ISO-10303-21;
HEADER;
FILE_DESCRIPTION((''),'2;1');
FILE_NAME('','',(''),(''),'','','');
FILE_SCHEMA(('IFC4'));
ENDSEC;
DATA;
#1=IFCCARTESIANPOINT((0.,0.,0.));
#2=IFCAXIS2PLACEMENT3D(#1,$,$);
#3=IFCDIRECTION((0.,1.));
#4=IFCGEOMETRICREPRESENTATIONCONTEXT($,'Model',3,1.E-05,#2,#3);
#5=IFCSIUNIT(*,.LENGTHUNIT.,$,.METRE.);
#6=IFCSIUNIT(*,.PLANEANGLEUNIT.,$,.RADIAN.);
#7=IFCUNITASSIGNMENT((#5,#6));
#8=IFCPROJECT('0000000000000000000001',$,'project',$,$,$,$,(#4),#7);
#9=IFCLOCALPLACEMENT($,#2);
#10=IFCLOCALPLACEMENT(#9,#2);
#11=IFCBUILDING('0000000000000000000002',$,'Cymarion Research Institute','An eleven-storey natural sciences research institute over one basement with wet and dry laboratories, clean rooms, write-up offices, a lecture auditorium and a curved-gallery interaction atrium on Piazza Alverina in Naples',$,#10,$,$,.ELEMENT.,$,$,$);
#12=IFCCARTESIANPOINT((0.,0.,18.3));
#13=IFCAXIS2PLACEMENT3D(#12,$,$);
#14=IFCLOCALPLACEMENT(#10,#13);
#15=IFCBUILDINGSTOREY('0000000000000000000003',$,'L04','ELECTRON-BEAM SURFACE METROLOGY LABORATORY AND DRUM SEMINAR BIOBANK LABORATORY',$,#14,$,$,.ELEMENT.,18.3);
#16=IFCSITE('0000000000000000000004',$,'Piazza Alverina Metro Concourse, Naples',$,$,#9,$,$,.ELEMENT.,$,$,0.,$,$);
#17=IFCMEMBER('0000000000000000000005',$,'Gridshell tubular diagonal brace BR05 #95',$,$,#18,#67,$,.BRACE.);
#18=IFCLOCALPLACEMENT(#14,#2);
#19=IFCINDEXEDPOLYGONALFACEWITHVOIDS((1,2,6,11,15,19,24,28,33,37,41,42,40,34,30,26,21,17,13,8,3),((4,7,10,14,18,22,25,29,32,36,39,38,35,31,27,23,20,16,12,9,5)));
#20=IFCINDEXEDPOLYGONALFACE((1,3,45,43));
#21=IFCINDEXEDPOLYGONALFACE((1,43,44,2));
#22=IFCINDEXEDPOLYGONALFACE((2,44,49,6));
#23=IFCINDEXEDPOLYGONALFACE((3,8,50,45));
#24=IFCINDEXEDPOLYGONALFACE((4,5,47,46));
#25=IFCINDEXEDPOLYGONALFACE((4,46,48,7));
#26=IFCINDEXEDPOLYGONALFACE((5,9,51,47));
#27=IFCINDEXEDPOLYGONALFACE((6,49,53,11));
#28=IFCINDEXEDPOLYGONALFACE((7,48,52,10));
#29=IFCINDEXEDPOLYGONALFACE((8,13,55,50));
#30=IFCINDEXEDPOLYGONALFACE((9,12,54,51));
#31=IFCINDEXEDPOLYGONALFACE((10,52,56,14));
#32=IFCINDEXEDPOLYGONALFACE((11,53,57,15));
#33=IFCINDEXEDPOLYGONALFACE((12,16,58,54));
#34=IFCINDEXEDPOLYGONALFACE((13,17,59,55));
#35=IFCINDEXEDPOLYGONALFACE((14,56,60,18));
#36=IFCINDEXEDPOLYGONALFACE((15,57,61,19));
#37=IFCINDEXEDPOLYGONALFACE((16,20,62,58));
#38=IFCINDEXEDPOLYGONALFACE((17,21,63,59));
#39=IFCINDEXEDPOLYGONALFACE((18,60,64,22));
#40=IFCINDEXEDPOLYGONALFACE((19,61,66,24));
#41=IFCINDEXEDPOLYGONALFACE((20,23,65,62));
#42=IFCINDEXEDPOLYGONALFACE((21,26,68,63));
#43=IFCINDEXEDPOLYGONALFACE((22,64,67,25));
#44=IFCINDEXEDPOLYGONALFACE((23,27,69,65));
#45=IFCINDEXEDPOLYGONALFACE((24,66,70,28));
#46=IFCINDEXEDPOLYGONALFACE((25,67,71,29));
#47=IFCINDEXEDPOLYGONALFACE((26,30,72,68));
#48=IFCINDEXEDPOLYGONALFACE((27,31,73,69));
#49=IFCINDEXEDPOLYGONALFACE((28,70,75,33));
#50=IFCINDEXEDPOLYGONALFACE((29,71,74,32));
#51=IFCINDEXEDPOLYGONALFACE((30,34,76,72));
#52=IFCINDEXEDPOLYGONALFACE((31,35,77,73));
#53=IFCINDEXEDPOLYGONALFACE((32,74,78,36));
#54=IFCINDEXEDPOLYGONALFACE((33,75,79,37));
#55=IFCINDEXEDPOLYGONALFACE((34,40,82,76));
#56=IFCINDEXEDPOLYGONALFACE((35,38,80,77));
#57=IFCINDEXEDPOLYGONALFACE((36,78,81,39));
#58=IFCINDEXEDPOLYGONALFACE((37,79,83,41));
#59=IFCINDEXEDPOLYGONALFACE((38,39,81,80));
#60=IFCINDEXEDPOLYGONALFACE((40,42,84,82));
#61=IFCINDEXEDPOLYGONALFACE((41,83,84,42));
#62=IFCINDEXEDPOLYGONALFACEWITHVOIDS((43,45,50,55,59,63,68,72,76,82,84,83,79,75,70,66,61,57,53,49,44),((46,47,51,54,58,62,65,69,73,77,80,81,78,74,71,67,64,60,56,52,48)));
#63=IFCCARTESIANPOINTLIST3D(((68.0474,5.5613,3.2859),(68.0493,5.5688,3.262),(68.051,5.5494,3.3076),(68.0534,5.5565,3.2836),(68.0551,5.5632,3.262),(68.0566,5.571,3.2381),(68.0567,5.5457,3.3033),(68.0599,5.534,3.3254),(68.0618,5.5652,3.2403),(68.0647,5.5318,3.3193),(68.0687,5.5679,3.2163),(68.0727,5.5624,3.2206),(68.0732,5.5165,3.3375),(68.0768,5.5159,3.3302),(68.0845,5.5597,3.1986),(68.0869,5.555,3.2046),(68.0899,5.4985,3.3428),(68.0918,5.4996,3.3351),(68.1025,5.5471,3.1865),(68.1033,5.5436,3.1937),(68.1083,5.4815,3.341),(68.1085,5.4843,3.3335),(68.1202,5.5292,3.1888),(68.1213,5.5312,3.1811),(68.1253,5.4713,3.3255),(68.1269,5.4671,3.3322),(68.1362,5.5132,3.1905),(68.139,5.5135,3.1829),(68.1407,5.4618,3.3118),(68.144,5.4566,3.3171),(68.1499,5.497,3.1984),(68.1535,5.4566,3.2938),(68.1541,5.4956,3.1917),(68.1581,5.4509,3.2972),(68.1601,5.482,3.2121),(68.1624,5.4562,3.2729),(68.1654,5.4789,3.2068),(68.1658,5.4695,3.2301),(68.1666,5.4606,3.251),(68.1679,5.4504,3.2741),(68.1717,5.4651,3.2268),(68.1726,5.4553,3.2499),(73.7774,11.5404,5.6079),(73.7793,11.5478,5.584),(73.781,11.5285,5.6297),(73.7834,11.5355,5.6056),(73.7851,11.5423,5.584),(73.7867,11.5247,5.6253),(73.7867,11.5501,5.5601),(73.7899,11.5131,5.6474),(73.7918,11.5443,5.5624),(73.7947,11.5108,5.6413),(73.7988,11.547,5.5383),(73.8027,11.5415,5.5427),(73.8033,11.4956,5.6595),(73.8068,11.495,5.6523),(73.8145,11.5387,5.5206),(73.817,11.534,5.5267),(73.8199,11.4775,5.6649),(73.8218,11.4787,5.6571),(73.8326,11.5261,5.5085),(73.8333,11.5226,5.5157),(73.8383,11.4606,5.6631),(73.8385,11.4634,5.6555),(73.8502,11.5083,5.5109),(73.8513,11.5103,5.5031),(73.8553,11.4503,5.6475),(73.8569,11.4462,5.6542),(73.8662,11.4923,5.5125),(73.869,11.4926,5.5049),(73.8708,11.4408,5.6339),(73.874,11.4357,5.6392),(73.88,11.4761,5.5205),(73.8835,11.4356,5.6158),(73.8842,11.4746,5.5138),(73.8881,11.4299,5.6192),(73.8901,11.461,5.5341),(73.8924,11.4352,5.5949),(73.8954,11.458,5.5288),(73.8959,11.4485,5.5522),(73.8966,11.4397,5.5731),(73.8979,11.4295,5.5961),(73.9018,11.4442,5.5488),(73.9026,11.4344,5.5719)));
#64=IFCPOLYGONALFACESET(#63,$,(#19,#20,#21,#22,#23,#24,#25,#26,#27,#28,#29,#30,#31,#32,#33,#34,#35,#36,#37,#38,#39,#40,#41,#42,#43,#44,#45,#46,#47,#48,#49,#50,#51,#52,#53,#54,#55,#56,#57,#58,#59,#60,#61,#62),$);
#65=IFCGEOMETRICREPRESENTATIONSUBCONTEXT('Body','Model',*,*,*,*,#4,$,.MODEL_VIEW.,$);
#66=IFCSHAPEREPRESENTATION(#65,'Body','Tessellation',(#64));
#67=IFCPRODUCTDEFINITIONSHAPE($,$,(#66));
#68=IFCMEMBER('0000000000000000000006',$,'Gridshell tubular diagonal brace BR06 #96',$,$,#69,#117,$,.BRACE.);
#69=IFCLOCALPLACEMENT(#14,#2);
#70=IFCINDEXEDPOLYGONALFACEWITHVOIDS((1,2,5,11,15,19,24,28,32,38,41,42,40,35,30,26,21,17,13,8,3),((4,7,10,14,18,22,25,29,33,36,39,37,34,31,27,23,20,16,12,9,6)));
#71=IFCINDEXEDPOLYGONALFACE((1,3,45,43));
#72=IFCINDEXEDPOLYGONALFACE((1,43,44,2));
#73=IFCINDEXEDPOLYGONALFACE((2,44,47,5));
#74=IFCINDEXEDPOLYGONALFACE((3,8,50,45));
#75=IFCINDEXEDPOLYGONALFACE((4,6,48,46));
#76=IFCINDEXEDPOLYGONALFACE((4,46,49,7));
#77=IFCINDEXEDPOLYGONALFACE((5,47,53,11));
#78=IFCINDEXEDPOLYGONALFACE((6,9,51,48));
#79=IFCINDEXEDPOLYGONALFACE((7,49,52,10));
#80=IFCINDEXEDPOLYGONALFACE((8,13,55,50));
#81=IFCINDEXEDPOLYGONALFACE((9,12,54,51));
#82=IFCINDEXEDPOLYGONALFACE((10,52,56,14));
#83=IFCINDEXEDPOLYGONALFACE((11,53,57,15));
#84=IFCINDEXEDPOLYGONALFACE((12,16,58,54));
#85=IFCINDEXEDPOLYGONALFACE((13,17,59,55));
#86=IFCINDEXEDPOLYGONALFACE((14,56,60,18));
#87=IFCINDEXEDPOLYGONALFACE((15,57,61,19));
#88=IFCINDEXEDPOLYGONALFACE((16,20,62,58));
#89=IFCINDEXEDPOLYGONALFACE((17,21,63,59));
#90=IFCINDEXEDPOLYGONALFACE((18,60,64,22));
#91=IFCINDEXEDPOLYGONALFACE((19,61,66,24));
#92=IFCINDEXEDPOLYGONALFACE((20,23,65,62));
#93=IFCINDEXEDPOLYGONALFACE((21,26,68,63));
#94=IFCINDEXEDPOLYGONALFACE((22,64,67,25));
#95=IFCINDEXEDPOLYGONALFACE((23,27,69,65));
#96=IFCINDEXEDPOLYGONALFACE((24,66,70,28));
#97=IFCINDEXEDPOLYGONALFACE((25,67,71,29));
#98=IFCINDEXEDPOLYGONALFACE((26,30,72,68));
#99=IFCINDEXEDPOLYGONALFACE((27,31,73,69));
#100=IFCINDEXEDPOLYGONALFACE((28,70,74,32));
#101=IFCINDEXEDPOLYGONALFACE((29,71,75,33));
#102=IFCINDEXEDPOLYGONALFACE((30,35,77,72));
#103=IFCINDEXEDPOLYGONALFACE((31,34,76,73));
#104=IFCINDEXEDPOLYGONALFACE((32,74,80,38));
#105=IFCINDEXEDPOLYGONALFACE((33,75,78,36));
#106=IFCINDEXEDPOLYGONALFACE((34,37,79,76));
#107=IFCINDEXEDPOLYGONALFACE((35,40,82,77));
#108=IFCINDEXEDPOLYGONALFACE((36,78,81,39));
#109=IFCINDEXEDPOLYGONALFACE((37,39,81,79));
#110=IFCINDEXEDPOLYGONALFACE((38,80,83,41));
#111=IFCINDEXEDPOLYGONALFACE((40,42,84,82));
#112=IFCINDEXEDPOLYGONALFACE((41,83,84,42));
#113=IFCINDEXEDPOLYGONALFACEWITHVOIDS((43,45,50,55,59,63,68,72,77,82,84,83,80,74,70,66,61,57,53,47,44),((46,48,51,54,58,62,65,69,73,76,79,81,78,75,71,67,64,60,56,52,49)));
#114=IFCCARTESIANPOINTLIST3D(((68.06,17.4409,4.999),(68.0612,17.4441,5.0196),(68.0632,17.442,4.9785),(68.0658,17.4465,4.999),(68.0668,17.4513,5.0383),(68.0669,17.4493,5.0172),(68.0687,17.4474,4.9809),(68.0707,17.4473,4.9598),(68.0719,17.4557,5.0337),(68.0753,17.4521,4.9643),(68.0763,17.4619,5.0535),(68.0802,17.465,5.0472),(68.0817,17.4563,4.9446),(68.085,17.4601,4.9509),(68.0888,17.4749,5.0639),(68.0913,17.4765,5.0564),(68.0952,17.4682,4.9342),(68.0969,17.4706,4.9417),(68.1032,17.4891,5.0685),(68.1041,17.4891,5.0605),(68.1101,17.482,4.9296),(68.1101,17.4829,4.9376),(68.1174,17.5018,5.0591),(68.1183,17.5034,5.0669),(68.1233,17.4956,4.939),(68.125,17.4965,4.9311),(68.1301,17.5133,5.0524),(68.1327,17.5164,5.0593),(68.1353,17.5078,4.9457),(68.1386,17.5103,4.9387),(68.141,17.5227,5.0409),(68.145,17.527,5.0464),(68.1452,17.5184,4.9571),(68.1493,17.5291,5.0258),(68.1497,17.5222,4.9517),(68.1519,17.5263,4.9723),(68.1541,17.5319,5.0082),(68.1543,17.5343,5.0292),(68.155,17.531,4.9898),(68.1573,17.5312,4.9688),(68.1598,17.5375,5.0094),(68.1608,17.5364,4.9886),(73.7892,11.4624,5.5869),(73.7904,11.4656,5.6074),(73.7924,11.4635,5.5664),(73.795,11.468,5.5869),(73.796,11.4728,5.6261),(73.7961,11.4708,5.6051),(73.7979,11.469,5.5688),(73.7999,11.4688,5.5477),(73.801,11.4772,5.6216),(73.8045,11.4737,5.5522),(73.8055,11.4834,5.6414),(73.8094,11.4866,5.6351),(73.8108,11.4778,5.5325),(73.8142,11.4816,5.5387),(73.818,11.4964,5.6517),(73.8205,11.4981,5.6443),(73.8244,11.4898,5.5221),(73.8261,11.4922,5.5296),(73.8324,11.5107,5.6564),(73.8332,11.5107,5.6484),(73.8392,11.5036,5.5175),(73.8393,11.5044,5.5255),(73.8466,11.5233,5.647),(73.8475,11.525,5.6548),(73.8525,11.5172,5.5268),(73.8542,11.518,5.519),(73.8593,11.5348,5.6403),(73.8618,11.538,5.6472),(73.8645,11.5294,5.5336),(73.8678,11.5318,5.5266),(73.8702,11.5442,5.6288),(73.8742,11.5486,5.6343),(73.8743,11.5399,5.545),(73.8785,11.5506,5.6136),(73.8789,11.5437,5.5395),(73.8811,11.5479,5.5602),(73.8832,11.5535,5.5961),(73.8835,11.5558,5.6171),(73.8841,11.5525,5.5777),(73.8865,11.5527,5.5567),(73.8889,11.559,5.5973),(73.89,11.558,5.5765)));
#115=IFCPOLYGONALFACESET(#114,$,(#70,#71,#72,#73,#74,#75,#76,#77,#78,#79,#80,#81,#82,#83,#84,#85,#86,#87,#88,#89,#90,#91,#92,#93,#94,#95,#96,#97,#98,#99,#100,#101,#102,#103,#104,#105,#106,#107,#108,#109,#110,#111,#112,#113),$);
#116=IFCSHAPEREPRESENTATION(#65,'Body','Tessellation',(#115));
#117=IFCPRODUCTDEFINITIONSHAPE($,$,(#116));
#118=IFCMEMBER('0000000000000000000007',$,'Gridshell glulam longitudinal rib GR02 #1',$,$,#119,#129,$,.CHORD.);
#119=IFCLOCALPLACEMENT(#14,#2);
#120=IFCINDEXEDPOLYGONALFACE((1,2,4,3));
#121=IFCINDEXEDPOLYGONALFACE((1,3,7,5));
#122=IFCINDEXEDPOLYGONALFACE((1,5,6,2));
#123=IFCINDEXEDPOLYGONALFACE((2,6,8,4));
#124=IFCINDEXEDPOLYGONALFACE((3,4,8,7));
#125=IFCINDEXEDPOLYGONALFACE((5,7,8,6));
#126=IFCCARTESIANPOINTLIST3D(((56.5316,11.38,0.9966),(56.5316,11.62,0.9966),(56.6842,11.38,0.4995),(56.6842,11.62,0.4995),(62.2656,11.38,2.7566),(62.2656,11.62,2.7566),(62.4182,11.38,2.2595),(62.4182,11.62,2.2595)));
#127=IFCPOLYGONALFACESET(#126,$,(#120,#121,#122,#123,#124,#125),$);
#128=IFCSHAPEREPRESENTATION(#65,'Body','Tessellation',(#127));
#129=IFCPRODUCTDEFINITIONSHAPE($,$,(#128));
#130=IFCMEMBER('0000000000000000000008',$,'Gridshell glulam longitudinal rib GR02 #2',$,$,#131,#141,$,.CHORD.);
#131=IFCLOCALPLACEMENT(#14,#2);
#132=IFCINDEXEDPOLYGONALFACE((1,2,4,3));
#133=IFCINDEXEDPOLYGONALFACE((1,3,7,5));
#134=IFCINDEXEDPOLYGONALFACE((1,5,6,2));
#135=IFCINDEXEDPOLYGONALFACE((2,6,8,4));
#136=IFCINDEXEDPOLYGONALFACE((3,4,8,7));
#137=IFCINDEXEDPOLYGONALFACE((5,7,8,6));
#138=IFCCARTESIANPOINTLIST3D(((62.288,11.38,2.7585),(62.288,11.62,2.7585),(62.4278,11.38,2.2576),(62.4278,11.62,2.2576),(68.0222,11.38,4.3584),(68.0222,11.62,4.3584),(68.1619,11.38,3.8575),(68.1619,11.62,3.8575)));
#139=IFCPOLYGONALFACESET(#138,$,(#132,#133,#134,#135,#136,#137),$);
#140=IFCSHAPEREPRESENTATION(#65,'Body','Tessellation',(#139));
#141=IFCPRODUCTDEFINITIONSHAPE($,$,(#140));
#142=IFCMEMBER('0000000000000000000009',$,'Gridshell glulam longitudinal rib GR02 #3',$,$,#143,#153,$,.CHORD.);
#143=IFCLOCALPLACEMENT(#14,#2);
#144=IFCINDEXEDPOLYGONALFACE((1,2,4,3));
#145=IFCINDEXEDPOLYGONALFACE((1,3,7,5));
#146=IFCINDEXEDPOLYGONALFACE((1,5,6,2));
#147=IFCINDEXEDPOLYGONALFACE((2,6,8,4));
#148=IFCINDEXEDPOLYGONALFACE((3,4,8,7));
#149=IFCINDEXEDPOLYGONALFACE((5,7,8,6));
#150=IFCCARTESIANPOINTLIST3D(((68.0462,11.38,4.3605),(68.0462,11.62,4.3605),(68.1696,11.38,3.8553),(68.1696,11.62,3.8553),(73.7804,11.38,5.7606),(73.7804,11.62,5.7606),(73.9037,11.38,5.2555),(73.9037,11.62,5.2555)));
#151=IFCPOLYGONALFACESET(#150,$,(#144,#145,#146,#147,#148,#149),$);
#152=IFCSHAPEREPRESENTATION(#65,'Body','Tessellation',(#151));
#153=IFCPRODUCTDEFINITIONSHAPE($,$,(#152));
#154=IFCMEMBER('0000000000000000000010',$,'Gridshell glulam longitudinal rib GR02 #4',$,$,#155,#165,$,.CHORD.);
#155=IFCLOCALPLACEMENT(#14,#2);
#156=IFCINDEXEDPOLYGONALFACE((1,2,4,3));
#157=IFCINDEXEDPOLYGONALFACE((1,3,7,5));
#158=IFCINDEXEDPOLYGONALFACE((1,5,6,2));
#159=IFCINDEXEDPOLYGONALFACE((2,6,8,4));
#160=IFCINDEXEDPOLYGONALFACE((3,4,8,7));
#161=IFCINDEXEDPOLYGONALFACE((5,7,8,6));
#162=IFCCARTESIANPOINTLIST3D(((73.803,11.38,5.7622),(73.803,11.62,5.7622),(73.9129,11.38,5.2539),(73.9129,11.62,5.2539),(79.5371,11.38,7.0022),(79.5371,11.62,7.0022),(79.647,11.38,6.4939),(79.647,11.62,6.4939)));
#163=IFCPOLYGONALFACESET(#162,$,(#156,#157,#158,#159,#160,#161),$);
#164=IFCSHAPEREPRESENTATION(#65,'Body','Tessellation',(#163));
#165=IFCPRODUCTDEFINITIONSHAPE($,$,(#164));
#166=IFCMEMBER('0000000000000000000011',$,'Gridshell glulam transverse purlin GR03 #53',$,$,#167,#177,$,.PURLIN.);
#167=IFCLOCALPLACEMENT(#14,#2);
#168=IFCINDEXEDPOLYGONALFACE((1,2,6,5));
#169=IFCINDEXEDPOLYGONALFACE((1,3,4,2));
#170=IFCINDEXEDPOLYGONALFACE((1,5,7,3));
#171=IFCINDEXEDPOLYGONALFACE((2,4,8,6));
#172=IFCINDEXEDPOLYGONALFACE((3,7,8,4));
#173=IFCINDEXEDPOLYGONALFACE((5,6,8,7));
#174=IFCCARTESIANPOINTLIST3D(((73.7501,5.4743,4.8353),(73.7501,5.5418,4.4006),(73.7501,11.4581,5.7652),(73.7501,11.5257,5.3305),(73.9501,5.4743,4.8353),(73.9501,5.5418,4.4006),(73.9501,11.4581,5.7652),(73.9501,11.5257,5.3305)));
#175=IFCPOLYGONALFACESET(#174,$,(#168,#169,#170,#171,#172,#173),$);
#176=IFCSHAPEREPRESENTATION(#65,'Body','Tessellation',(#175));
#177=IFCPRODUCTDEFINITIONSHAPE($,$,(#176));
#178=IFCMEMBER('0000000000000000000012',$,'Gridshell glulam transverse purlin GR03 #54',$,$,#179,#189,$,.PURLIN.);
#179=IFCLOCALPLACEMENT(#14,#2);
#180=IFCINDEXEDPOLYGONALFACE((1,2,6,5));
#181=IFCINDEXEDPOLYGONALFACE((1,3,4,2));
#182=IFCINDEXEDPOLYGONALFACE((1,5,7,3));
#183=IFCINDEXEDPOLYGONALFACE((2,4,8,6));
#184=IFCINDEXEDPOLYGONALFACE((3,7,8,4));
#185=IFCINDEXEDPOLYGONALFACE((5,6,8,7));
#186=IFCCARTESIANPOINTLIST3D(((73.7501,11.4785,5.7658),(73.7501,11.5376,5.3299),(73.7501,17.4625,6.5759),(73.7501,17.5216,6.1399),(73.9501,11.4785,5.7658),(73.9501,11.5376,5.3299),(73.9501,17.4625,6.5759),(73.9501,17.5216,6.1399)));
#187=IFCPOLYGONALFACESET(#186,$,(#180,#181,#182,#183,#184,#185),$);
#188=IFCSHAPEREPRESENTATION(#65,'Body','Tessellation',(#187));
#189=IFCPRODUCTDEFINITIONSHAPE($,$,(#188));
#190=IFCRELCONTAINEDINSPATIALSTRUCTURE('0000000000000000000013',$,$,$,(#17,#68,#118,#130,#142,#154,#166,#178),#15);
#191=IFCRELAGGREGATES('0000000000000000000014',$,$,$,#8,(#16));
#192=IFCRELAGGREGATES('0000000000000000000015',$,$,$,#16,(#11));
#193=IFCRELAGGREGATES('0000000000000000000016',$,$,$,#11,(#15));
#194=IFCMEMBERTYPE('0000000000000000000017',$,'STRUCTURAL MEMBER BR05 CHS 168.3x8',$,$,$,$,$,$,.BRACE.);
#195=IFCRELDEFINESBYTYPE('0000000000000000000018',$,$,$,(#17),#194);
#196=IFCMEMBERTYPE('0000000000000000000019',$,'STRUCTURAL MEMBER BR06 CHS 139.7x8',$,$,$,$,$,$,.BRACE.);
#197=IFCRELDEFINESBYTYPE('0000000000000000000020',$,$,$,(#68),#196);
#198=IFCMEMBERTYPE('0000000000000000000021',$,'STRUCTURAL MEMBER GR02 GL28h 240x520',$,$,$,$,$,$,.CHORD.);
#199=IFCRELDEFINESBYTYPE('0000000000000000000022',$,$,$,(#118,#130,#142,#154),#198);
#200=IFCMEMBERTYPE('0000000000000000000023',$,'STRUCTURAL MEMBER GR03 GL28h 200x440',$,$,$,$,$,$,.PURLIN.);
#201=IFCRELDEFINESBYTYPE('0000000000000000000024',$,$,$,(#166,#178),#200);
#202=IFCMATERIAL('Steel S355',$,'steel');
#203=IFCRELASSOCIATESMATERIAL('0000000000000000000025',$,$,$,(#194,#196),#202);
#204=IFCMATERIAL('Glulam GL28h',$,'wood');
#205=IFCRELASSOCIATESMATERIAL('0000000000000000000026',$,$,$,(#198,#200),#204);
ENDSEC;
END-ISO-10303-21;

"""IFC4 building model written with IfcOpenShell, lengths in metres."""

from ifc_helpers import new_model, si_unit, direction, frame, origin, origin_2d, place, context, subcontext, project, spatial, rectangle, hollow_circle, extrude, material, material_profile, profile_set, type_object, element, save


model = new_model("IFC4")

# Units and contexts
model_context = context("Model", 3, precision=1e-05, world=origin(), true_north=direction((0.0, 1.0)))
body_context = subcontext(model_context, "Body", "Model", "MODEL_VIEW")
ifc_project = project(units=[si_unit("LENGTHUNIT", "METRE"), si_unit("PLANEANGLEUNIT", "RADIAN")], contexts=[model_context])

# Site, building, storey
site_placement = place(None, origin())
site = spatial("IfcSite", under=ifc_project, at=site_placement, Name="Piazza Alverina Metro Concourse, Naples", CompositionType="ELEMENT", RefElevation=0.0)
building_placement = place(site_placement, origin())
building = spatial("IfcBuilding", under=site, at=building_placement, Name="Cymarion Research Institute", Description="An eleven-storey natural sciences research institute over one basement with wet and dry laboratories, clean rooms, write-up offices, a lecture auditorium and a curved-gallery interaction atrium on Piazza Alverina in Naples", CompositionType="ELEMENT")
storey_placement = place(building_placement, frame((0.0, 0.0, 18.3)))
storey = spatial("IfcBuildingStorey", under=building, at=storey_placement, Name="L04", Description="ELECTRON-BEAM SURFACE METROLOGY LABORATORY AND DRUM SEMINAR BIOBANK LABORATORY", CompositionType="ELEMENT", Elevation=18.3)

# Shared definitions
ifc_material_1 = material(Name="Steel S355", Category="steel")

# Members
ifc_material_profile_1 = material_profile(ifc_material_1, hollow_circle(Radius=0.0842, WallThickness=0.0081, at=origin_2d()), Name="CHS 168.3x8")
ifc_profile_set_1 = profile_set([ifc_material_profile_1], Name="Steel S355")
member_type_1 = type_object("IfcMemberType", Name="STRUCTURAL MEMBER BR05 CHS 168.3x8", PredefinedType="BRACE", material=ifc_profile_set_1)
member_1_placement = place(storey_placement, frame((68.1101, 5.5105, 3.262), z_axis=(0.666218, 0.695172, 0.269979), x_axis=(-0.721982, 0.691912, 0.0)))
element("IfcMember", 1, at=member_1_placement, inside=storey, type_object=member_type_1, Name="Gridshell tubular diagonal brace BR05 #95", PredefinedType="BRACE", context=body_context, shape_type="SweptSolid", body=[
    extrude(hollow_circle(Radius=0.0842, WallThickness=0.0081, at=origin_2d()), origin(), (0.0, 0.0, 1.0), 8.6008),
])
ifc_material_profile_2 = material_profile(ifc_material_1, hollow_circle(Radius=0.0698, WallThickness=0.0081, at=origin_2d()), Name="CHS 139.7x8")
ifc_profile_set_2 = profile_set([ifc_material_profile_2], Name="Steel S355")
member_type_2 = type_object("IfcMemberType", Name="STRUCTURAL MEMBER BR06 CHS 139.7x8", PredefinedType="BRACE", material=ifc_profile_set_2)
member_2_placement = place(storey_placement, frame((73.8396, 11.5107, 5.5869), z_axis=(-0.690158, 0.720185, -0.070819), x_axis=(-0.721998, -0.691895, 0.0)))
element("IfcMember", 2, at=member_2_placement, inside=storey, type_object=member_type_2, Name="Gridshell tubular diagonal brace BR06 #96", PredefinedType="BRACE", context=body_context, shape_type="SweptSolid", body=[
    extrude(hollow_circle(Radius=0.0698, WallThickness=0.0081, at=origin_2d()), origin(), (0.0, 0.0, 1.0), 8.3013),
])
ifc_material_2 = material(Name="Glulam GL28h", Category="wood")
ifc_material_profile_3 = material_profile(ifc_material_2, rectangle(XDim=0.24, YDim=0.52, at=origin_2d()), Name="GL28h 240x520")
ifc_profile_set_3 = profile_set([ifc_material_profile_3], Name="Glulam GL28h")
member_type_3 = type_object("IfcMemberType", Name="STRUCTURAL MEMBER GR02 GL28h 240x520", PredefinedType="CHORD", material=ifc_profile_set_3)
member_3_placement = place(storey_placement, frame((56.6079, 11.5, 0.748), z_axis=(0.955982, 0.0, 0.293425), x_axis=(0.0, 1.0, 0.0)))
element("IfcMember", 3, at=member_3_placement, inside=storey, type_object=member_type_3, Name="Gridshell glulam longitudinal rib GR02 #1", PredefinedType="CHORD", context=body_context, shape_type="SweptSolid", body=[
    extrude(rectangle(XDim=0.24, YDim=0.52, at=origin_2d()), origin(), (0.0, 0.0, 1.0), 5.998),
])
member_4_placement = place(storey_placement, frame((62.3579, 11.5, 2.5081), z_axis=(0.963212, 0.0, 0.268741), x_axis=(0.0, 1.0, 0.0)))
element("IfcMember", 4, at=member_4_placement, inside=storey, type_object=member_type_3, Name="Gridshell glulam longitudinal rib GR02 #2", PredefinedType="CHORD", context=body_context, shape_type="SweptSolid", body=[
    extrude(rectangle(XDim=0.24, YDim=0.52, at=origin_2d()), origin(), (0.0, 0.0, 1.0), 5.9531),
])
member_5_placement = place(storey_placement, frame((68.1079, 11.5, 4.1079), z_axis=(0.971459, 0.0, 0.237208), x_axis=(0.0, 1.0, 0.0)))
element("IfcMember", 5, at=member_5_placement, inside=storey, type_object=member_type_3, Name="Gridshell glulam longitudinal rib GR02 #3", PredefinedType="CHORD", context=body_context, shape_type="SweptSolid", body=[
    extrude(rectangle(XDim=0.24, YDim=0.52, at=origin_2d()), origin(), (0.0, 0.0, 1.0), 5.9026),
])
member_6_placement = place(storey_placement, frame((73.8579, 11.5, 5.5081), z_axis=(0.977408, 0.0, 0.211362), x_axis=(0.0, 1.0, 0.0)))
element("IfcMember", 6, at=member_6_placement, inside=storey, type_object=member_type_3, Name="Gridshell glulam longitudinal rib GR02 #4", PredefinedType="CHORD", context=body_context, shape_type="SweptSolid", body=[
    extrude(rectangle(XDim=0.24, YDim=0.52, at=origin_2d()), origin(), (0.0, 0.0, 1.0), 5.8667),
])
ifc_material_profile_4 = material_profile(ifc_material_2, rectangle(XDim=0.2, YDim=0.4399, at=origin_2d()), Name="GL28h 200x440")
ifc_profile_set_4 = profile_set([ifc_material_profile_4], Name="Glulam GL28h")
member_type_4 = type_object("IfcMemberType", Name="STRUCTURAL MEMBER GR03 GL28h 200x440", PredefinedType="PURLIN", material=ifc_profile_set_4)
member_7_placement = place(storey_placement, frame((73.8501, 5.5081, 4.6179), z_axis=(0.0, 0.988139, 0.153563), x_axis=(-1.0, 0.0, 0.0)))
element("IfcMember", 7, at=member_7_placement, inside=storey, type_object=member_type_4, Name="Gridshell glulam transverse purlin GR03 #53", PredefinedType="PURLIN", context=body_context, shape_type="SweptSolid", body=[
    extrude(rectangle(XDim=0.2, YDim=0.4399, at=origin_2d()), origin(), (0.0, 0.0, 1.0), 6.0557),
])
member_8_placement = place(storey_placement, frame((73.8501, 11.5081, 5.5479), z_axis=(0.0, 0.990961, 0.13415), x_axis=(-1.0, 0.0, 0.0)))
element("IfcMember", 8, at=member_8_placement, inside=storey, type_object=member_type_4, Name="Gridshell glulam transverse purlin GR03 #54", PredefinedType="PURLIN", context=body_context, shape_type="SweptSolid", body=[
    extrude(rectangle(XDim=0.2, YDim=0.4399, at=origin_2d()), origin(), (0.0, 0.0, 1.0), 6.0386),
])

save(model, "model.ifc")
